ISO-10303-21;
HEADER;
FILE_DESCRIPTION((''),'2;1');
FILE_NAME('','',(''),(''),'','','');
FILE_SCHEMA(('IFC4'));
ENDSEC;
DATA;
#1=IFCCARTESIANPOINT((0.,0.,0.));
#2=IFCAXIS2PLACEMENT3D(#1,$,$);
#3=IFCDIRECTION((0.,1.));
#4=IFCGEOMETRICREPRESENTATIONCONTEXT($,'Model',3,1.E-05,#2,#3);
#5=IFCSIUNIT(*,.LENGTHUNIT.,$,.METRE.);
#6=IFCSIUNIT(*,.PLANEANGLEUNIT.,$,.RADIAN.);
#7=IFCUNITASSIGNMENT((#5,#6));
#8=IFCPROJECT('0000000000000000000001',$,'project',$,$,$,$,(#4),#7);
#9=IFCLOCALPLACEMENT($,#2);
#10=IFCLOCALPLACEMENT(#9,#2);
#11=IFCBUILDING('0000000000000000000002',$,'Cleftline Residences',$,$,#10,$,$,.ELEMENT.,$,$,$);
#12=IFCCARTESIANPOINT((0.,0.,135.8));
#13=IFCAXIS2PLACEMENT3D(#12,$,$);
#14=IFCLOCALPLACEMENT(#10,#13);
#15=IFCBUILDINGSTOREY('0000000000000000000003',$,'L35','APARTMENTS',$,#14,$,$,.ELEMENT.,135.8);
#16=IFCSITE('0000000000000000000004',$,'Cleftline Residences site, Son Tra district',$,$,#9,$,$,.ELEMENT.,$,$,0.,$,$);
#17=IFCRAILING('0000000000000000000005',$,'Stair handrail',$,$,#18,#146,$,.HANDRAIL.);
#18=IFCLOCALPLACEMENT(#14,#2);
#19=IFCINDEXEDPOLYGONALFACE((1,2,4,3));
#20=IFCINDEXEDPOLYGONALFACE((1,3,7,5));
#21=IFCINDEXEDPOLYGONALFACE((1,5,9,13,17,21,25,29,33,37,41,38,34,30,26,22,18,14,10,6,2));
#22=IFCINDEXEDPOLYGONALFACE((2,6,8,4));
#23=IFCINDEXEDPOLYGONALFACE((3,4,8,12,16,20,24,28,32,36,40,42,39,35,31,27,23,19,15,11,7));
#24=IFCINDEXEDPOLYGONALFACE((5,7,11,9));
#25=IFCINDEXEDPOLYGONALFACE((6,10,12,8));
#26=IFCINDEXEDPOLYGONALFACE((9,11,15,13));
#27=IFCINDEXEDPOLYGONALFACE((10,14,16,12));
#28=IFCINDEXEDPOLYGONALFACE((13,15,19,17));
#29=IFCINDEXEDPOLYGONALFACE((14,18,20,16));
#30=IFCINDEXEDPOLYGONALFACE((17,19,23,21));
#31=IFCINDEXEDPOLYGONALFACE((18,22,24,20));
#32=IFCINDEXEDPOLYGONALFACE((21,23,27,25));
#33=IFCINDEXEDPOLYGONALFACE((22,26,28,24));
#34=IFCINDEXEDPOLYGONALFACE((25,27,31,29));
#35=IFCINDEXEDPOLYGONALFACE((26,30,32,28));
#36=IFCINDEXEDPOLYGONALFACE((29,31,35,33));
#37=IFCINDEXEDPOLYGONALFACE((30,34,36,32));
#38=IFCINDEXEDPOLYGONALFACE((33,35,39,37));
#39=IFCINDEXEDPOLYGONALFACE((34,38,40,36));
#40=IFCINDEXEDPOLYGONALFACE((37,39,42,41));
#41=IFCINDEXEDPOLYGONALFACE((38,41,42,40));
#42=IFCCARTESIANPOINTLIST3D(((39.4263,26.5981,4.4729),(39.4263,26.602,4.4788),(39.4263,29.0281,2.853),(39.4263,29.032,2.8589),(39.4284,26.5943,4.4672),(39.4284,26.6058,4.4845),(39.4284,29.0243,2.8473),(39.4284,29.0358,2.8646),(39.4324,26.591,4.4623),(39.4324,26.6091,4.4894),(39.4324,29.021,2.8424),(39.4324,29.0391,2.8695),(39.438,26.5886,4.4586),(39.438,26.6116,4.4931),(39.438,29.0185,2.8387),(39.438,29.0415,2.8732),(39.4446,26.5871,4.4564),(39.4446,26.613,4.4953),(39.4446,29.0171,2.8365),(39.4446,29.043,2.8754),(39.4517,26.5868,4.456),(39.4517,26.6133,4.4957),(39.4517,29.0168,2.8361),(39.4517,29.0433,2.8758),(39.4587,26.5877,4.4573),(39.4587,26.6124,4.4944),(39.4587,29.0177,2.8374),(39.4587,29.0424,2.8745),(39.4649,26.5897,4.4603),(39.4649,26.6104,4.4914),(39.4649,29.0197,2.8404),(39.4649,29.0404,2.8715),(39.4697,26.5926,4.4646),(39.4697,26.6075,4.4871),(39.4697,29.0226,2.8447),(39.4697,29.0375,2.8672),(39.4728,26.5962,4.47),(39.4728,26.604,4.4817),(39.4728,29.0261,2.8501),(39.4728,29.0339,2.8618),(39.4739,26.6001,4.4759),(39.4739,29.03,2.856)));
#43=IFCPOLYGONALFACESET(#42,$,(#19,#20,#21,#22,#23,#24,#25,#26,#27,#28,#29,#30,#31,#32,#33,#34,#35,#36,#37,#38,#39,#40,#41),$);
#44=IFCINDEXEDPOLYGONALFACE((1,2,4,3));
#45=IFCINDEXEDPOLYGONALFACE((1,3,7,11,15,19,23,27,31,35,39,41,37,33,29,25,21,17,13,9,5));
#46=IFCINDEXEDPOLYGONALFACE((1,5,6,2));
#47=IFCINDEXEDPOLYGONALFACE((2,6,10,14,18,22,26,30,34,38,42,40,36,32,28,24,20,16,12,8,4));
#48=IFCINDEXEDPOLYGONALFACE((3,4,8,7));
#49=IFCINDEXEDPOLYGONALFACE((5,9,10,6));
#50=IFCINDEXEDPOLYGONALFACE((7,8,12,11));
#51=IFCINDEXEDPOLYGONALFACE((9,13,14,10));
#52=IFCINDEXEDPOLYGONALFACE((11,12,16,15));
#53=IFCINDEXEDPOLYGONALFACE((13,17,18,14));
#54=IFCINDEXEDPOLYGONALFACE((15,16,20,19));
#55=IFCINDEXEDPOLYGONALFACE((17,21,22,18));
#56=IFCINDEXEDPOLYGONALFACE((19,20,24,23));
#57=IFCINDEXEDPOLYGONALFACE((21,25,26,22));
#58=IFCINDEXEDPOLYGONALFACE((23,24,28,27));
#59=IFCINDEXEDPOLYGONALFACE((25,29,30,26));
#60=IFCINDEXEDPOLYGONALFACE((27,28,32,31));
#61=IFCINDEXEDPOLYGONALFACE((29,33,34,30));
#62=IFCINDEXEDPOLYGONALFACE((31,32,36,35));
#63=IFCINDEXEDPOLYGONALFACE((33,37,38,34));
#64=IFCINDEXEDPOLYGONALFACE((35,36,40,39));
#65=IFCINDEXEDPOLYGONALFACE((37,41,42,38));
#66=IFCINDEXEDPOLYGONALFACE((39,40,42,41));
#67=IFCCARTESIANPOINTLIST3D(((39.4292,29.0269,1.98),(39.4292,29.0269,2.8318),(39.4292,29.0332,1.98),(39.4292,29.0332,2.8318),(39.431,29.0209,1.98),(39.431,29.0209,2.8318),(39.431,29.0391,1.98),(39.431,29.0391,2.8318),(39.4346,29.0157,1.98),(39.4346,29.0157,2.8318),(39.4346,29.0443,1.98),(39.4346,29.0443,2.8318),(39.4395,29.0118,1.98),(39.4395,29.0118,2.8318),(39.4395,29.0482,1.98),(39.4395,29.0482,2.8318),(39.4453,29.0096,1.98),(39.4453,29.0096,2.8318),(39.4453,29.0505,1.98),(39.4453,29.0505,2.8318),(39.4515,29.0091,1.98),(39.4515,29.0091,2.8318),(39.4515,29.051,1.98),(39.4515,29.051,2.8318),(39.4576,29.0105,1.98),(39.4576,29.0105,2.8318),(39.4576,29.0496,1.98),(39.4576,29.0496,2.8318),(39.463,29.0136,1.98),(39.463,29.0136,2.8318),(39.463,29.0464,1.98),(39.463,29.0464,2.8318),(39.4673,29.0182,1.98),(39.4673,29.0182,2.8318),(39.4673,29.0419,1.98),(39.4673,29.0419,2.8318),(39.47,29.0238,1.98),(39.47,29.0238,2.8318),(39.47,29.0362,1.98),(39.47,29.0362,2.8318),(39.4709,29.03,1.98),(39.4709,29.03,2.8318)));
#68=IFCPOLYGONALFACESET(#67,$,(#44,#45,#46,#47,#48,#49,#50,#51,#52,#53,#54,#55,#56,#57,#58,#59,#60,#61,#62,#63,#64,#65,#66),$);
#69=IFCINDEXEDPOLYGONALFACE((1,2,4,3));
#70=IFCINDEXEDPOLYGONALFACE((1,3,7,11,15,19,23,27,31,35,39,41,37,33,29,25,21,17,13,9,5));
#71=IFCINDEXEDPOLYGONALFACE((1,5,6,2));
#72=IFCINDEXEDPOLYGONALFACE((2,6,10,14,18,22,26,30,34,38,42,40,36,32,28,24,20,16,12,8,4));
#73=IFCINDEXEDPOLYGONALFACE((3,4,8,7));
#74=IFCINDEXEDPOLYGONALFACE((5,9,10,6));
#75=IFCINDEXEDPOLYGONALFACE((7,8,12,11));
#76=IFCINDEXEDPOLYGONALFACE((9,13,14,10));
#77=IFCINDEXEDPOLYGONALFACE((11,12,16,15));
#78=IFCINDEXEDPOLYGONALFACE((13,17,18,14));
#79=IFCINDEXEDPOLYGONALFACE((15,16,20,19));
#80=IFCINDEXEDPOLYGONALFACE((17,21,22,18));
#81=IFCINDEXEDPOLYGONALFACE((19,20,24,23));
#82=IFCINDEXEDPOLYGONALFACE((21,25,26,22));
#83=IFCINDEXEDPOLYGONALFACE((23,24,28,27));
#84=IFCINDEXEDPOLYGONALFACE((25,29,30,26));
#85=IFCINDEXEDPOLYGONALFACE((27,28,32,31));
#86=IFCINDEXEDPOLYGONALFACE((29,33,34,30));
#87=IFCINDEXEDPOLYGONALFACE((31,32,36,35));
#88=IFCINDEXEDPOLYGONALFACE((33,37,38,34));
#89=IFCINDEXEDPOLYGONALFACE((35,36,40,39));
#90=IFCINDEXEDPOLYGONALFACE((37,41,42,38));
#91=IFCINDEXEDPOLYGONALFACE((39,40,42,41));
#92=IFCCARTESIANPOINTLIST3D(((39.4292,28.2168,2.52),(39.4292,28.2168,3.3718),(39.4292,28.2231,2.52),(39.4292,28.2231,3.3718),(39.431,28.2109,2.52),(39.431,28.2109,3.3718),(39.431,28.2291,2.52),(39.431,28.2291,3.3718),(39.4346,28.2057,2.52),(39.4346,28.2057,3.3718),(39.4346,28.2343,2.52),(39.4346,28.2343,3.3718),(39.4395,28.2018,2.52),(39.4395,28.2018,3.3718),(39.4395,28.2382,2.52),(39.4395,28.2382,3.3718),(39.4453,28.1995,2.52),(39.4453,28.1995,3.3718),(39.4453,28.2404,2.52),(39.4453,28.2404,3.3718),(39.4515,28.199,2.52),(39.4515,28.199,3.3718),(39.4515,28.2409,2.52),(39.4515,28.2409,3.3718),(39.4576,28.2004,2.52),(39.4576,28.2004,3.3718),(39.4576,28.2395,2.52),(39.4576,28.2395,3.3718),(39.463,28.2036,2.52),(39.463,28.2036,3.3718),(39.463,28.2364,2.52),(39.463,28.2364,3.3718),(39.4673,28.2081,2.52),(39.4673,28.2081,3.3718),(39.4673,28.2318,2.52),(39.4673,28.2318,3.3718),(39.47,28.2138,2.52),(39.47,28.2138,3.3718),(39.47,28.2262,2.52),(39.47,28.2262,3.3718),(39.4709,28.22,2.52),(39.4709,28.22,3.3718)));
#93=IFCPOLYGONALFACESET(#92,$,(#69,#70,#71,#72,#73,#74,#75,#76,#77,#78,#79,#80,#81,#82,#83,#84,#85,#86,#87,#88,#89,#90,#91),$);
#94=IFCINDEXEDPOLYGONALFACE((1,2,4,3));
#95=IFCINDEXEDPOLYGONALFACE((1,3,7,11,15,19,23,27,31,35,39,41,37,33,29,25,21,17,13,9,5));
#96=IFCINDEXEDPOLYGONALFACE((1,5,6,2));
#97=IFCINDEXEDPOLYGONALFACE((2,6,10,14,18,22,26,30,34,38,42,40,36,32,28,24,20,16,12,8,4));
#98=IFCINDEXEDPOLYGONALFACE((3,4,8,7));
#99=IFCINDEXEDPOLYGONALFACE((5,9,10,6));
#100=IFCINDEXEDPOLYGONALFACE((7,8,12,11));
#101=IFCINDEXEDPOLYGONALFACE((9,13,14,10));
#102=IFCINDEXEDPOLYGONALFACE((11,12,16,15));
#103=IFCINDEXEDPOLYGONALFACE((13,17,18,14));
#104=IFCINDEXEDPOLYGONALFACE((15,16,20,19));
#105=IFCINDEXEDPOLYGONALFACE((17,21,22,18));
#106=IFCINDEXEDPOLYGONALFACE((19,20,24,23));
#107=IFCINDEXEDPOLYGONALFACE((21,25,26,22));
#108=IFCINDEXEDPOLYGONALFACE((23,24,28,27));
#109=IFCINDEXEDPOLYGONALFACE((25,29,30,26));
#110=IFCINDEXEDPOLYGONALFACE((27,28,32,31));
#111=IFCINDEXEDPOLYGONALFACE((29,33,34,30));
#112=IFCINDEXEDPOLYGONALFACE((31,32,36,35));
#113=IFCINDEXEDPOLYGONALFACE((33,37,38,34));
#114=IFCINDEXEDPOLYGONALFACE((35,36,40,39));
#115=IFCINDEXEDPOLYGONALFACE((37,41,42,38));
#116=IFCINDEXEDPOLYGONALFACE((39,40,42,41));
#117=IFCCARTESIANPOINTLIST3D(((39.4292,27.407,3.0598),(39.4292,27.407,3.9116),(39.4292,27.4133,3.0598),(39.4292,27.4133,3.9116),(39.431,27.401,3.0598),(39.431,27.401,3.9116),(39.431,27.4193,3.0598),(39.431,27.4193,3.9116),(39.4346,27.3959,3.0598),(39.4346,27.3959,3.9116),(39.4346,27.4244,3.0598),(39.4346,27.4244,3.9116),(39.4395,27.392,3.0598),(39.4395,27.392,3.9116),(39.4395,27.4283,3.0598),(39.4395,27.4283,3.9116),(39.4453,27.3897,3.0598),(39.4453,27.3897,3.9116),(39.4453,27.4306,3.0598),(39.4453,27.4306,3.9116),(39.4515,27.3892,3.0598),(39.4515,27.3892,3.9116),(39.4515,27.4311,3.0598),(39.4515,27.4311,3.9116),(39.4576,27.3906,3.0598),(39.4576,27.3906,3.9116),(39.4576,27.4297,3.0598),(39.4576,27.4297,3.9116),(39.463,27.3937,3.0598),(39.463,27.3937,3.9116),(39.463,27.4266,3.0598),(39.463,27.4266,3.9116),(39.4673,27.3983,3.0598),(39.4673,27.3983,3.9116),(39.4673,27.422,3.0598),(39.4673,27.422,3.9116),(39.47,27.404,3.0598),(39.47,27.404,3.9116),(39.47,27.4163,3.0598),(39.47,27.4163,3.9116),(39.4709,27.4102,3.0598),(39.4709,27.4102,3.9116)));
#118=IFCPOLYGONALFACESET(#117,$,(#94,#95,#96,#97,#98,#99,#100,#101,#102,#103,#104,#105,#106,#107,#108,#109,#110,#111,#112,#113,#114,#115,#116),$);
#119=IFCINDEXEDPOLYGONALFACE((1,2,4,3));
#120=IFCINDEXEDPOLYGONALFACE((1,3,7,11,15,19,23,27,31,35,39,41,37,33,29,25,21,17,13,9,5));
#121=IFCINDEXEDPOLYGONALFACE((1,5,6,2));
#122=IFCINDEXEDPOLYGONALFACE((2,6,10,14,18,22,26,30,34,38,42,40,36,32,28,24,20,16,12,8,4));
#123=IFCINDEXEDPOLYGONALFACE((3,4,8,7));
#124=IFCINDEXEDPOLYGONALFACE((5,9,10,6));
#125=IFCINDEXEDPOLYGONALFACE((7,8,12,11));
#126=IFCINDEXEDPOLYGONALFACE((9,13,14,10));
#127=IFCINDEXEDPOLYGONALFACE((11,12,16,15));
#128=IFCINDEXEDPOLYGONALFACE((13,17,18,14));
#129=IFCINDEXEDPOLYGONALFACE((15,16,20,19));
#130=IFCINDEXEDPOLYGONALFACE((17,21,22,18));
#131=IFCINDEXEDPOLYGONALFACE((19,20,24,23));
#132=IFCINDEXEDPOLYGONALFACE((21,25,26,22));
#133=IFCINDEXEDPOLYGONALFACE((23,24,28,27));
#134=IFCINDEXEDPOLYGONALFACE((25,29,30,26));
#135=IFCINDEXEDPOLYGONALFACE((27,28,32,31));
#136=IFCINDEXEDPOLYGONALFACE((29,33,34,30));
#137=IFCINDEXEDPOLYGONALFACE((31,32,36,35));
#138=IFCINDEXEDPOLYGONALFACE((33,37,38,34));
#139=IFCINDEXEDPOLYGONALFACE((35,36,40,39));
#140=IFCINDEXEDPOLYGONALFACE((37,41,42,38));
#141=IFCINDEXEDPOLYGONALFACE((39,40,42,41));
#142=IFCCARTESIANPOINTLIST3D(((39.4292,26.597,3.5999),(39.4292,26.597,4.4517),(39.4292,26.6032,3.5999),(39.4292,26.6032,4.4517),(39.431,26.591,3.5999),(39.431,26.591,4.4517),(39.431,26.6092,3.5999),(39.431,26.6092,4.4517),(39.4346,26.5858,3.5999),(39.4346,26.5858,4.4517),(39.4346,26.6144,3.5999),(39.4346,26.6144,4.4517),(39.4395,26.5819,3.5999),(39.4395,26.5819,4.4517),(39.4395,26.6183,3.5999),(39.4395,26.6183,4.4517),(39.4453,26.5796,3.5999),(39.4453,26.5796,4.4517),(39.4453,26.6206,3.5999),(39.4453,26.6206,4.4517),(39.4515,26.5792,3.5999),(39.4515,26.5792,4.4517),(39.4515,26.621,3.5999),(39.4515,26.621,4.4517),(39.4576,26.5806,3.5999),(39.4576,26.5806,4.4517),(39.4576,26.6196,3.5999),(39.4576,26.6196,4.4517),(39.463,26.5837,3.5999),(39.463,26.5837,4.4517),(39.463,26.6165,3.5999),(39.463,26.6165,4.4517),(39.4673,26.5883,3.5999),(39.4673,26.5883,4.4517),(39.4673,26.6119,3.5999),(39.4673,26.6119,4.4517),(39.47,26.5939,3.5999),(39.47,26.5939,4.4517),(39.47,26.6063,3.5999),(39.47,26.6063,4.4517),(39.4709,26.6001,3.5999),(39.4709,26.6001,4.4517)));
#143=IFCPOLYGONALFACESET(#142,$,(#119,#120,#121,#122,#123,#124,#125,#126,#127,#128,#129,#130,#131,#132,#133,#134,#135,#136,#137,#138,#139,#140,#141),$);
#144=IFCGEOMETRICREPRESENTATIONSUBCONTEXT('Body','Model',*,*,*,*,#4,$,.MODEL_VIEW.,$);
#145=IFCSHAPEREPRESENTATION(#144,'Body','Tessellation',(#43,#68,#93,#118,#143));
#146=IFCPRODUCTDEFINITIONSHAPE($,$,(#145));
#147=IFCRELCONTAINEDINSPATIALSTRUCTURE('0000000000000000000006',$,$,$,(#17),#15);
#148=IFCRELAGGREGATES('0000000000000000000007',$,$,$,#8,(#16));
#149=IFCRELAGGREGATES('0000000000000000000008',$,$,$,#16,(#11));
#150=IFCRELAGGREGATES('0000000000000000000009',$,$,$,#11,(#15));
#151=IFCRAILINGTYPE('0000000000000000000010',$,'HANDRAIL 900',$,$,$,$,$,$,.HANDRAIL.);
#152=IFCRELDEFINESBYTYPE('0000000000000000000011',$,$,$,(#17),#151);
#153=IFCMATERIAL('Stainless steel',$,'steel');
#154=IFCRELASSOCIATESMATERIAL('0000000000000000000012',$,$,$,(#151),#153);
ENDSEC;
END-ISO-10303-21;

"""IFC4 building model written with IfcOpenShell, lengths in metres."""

from ifc_helpers import new_model, si_unit, direction, frame, origin, origin_2d, place, context, subcontext, project, spatial, circle, extrude, material, type_object, element, save


model = new_model("IFC4")

# Units and contexts
model_context = context("Model", 3, precision=1e-05, world=origin(), true_north=direction((0.0, 1.0)))
body_context = subcontext(model_context, "Body", "Model", "MODEL_VIEW")
ifc_project = project(units=[si_unit("LENGTHUNIT", "METRE"), si_unit("PLANEANGLEUNIT", "RADIAN")], contexts=[model_context])

# Site, building, storey
site_placement = place(None, origin())
site = spatial("IfcSite", under=ifc_project, at=site_placement, Name="Cleftline Residences site, Son Tra district", CompositionType="ELEMENT", RefElevation=0.0)
building_placement = place(site_placement, origin())
building = spatial("IfcBuilding", under=site, at=building_placement, Name="Cleftline Residences", CompositionType="ELEMENT")
storey_placement = place(building_placement, frame((0.0, 0.0, 135.8)))
storey = spatial("IfcBuildingStorey", under=building, at=storey_placement, Name="L35", Description="APARTMENTS", CompositionType="ELEMENT", Elevation=135.8)

# Railing
ifc_material_1 = material(Name="Stainless steel", Category="steel")
railing_type = type_object("IfcRailingType", Name="HANDRAIL 900", PredefinedType="HANDRAIL", material=ifc_material_1)
railing_1_placement = place(storey_placement, frame((39.45, 29.03, 1.98)))
element("IfcRailing", 1, at=railing_1_placement, inside=storey, type_object=railing_type, Name="Stair handrail", PredefinedType="HANDRAIL", context=body_context, shape_type="SweptSolid", body=[
    extrude(circle(Radius=0.0239, at=origin_2d()), frame((0.0, 0.0, 0.876), z_axis=(0.0, -0.832063, 0.554681), x_axis=(1.0, 0.0, 0.0)), (0.0, 0.0, 1.0), 2.9204),
    extrude(circle(Radius=0.021, at=origin_2d()), origin(), (0.0, 0.0, 1.0), 0.8518),
    extrude(circle(Radius=0.021, at=origin_2d()), frame((0.0, -0.8101, 0.54)), (0.0, 0.0, 1.0), 0.8518),
    extrude(circle(Radius=0.021, at=origin_2d()), frame((0.0, -1.6199, 1.0798)), (0.0, 0.0, 1.0), 0.8518),
    extrude(circle(Radius=0.021, at=origin_2d()), frame((0.0, -2.4299, 1.6199)), (0.0, 0.0, 1.0), 0.8518),
])

save(model, "model.ifc")
